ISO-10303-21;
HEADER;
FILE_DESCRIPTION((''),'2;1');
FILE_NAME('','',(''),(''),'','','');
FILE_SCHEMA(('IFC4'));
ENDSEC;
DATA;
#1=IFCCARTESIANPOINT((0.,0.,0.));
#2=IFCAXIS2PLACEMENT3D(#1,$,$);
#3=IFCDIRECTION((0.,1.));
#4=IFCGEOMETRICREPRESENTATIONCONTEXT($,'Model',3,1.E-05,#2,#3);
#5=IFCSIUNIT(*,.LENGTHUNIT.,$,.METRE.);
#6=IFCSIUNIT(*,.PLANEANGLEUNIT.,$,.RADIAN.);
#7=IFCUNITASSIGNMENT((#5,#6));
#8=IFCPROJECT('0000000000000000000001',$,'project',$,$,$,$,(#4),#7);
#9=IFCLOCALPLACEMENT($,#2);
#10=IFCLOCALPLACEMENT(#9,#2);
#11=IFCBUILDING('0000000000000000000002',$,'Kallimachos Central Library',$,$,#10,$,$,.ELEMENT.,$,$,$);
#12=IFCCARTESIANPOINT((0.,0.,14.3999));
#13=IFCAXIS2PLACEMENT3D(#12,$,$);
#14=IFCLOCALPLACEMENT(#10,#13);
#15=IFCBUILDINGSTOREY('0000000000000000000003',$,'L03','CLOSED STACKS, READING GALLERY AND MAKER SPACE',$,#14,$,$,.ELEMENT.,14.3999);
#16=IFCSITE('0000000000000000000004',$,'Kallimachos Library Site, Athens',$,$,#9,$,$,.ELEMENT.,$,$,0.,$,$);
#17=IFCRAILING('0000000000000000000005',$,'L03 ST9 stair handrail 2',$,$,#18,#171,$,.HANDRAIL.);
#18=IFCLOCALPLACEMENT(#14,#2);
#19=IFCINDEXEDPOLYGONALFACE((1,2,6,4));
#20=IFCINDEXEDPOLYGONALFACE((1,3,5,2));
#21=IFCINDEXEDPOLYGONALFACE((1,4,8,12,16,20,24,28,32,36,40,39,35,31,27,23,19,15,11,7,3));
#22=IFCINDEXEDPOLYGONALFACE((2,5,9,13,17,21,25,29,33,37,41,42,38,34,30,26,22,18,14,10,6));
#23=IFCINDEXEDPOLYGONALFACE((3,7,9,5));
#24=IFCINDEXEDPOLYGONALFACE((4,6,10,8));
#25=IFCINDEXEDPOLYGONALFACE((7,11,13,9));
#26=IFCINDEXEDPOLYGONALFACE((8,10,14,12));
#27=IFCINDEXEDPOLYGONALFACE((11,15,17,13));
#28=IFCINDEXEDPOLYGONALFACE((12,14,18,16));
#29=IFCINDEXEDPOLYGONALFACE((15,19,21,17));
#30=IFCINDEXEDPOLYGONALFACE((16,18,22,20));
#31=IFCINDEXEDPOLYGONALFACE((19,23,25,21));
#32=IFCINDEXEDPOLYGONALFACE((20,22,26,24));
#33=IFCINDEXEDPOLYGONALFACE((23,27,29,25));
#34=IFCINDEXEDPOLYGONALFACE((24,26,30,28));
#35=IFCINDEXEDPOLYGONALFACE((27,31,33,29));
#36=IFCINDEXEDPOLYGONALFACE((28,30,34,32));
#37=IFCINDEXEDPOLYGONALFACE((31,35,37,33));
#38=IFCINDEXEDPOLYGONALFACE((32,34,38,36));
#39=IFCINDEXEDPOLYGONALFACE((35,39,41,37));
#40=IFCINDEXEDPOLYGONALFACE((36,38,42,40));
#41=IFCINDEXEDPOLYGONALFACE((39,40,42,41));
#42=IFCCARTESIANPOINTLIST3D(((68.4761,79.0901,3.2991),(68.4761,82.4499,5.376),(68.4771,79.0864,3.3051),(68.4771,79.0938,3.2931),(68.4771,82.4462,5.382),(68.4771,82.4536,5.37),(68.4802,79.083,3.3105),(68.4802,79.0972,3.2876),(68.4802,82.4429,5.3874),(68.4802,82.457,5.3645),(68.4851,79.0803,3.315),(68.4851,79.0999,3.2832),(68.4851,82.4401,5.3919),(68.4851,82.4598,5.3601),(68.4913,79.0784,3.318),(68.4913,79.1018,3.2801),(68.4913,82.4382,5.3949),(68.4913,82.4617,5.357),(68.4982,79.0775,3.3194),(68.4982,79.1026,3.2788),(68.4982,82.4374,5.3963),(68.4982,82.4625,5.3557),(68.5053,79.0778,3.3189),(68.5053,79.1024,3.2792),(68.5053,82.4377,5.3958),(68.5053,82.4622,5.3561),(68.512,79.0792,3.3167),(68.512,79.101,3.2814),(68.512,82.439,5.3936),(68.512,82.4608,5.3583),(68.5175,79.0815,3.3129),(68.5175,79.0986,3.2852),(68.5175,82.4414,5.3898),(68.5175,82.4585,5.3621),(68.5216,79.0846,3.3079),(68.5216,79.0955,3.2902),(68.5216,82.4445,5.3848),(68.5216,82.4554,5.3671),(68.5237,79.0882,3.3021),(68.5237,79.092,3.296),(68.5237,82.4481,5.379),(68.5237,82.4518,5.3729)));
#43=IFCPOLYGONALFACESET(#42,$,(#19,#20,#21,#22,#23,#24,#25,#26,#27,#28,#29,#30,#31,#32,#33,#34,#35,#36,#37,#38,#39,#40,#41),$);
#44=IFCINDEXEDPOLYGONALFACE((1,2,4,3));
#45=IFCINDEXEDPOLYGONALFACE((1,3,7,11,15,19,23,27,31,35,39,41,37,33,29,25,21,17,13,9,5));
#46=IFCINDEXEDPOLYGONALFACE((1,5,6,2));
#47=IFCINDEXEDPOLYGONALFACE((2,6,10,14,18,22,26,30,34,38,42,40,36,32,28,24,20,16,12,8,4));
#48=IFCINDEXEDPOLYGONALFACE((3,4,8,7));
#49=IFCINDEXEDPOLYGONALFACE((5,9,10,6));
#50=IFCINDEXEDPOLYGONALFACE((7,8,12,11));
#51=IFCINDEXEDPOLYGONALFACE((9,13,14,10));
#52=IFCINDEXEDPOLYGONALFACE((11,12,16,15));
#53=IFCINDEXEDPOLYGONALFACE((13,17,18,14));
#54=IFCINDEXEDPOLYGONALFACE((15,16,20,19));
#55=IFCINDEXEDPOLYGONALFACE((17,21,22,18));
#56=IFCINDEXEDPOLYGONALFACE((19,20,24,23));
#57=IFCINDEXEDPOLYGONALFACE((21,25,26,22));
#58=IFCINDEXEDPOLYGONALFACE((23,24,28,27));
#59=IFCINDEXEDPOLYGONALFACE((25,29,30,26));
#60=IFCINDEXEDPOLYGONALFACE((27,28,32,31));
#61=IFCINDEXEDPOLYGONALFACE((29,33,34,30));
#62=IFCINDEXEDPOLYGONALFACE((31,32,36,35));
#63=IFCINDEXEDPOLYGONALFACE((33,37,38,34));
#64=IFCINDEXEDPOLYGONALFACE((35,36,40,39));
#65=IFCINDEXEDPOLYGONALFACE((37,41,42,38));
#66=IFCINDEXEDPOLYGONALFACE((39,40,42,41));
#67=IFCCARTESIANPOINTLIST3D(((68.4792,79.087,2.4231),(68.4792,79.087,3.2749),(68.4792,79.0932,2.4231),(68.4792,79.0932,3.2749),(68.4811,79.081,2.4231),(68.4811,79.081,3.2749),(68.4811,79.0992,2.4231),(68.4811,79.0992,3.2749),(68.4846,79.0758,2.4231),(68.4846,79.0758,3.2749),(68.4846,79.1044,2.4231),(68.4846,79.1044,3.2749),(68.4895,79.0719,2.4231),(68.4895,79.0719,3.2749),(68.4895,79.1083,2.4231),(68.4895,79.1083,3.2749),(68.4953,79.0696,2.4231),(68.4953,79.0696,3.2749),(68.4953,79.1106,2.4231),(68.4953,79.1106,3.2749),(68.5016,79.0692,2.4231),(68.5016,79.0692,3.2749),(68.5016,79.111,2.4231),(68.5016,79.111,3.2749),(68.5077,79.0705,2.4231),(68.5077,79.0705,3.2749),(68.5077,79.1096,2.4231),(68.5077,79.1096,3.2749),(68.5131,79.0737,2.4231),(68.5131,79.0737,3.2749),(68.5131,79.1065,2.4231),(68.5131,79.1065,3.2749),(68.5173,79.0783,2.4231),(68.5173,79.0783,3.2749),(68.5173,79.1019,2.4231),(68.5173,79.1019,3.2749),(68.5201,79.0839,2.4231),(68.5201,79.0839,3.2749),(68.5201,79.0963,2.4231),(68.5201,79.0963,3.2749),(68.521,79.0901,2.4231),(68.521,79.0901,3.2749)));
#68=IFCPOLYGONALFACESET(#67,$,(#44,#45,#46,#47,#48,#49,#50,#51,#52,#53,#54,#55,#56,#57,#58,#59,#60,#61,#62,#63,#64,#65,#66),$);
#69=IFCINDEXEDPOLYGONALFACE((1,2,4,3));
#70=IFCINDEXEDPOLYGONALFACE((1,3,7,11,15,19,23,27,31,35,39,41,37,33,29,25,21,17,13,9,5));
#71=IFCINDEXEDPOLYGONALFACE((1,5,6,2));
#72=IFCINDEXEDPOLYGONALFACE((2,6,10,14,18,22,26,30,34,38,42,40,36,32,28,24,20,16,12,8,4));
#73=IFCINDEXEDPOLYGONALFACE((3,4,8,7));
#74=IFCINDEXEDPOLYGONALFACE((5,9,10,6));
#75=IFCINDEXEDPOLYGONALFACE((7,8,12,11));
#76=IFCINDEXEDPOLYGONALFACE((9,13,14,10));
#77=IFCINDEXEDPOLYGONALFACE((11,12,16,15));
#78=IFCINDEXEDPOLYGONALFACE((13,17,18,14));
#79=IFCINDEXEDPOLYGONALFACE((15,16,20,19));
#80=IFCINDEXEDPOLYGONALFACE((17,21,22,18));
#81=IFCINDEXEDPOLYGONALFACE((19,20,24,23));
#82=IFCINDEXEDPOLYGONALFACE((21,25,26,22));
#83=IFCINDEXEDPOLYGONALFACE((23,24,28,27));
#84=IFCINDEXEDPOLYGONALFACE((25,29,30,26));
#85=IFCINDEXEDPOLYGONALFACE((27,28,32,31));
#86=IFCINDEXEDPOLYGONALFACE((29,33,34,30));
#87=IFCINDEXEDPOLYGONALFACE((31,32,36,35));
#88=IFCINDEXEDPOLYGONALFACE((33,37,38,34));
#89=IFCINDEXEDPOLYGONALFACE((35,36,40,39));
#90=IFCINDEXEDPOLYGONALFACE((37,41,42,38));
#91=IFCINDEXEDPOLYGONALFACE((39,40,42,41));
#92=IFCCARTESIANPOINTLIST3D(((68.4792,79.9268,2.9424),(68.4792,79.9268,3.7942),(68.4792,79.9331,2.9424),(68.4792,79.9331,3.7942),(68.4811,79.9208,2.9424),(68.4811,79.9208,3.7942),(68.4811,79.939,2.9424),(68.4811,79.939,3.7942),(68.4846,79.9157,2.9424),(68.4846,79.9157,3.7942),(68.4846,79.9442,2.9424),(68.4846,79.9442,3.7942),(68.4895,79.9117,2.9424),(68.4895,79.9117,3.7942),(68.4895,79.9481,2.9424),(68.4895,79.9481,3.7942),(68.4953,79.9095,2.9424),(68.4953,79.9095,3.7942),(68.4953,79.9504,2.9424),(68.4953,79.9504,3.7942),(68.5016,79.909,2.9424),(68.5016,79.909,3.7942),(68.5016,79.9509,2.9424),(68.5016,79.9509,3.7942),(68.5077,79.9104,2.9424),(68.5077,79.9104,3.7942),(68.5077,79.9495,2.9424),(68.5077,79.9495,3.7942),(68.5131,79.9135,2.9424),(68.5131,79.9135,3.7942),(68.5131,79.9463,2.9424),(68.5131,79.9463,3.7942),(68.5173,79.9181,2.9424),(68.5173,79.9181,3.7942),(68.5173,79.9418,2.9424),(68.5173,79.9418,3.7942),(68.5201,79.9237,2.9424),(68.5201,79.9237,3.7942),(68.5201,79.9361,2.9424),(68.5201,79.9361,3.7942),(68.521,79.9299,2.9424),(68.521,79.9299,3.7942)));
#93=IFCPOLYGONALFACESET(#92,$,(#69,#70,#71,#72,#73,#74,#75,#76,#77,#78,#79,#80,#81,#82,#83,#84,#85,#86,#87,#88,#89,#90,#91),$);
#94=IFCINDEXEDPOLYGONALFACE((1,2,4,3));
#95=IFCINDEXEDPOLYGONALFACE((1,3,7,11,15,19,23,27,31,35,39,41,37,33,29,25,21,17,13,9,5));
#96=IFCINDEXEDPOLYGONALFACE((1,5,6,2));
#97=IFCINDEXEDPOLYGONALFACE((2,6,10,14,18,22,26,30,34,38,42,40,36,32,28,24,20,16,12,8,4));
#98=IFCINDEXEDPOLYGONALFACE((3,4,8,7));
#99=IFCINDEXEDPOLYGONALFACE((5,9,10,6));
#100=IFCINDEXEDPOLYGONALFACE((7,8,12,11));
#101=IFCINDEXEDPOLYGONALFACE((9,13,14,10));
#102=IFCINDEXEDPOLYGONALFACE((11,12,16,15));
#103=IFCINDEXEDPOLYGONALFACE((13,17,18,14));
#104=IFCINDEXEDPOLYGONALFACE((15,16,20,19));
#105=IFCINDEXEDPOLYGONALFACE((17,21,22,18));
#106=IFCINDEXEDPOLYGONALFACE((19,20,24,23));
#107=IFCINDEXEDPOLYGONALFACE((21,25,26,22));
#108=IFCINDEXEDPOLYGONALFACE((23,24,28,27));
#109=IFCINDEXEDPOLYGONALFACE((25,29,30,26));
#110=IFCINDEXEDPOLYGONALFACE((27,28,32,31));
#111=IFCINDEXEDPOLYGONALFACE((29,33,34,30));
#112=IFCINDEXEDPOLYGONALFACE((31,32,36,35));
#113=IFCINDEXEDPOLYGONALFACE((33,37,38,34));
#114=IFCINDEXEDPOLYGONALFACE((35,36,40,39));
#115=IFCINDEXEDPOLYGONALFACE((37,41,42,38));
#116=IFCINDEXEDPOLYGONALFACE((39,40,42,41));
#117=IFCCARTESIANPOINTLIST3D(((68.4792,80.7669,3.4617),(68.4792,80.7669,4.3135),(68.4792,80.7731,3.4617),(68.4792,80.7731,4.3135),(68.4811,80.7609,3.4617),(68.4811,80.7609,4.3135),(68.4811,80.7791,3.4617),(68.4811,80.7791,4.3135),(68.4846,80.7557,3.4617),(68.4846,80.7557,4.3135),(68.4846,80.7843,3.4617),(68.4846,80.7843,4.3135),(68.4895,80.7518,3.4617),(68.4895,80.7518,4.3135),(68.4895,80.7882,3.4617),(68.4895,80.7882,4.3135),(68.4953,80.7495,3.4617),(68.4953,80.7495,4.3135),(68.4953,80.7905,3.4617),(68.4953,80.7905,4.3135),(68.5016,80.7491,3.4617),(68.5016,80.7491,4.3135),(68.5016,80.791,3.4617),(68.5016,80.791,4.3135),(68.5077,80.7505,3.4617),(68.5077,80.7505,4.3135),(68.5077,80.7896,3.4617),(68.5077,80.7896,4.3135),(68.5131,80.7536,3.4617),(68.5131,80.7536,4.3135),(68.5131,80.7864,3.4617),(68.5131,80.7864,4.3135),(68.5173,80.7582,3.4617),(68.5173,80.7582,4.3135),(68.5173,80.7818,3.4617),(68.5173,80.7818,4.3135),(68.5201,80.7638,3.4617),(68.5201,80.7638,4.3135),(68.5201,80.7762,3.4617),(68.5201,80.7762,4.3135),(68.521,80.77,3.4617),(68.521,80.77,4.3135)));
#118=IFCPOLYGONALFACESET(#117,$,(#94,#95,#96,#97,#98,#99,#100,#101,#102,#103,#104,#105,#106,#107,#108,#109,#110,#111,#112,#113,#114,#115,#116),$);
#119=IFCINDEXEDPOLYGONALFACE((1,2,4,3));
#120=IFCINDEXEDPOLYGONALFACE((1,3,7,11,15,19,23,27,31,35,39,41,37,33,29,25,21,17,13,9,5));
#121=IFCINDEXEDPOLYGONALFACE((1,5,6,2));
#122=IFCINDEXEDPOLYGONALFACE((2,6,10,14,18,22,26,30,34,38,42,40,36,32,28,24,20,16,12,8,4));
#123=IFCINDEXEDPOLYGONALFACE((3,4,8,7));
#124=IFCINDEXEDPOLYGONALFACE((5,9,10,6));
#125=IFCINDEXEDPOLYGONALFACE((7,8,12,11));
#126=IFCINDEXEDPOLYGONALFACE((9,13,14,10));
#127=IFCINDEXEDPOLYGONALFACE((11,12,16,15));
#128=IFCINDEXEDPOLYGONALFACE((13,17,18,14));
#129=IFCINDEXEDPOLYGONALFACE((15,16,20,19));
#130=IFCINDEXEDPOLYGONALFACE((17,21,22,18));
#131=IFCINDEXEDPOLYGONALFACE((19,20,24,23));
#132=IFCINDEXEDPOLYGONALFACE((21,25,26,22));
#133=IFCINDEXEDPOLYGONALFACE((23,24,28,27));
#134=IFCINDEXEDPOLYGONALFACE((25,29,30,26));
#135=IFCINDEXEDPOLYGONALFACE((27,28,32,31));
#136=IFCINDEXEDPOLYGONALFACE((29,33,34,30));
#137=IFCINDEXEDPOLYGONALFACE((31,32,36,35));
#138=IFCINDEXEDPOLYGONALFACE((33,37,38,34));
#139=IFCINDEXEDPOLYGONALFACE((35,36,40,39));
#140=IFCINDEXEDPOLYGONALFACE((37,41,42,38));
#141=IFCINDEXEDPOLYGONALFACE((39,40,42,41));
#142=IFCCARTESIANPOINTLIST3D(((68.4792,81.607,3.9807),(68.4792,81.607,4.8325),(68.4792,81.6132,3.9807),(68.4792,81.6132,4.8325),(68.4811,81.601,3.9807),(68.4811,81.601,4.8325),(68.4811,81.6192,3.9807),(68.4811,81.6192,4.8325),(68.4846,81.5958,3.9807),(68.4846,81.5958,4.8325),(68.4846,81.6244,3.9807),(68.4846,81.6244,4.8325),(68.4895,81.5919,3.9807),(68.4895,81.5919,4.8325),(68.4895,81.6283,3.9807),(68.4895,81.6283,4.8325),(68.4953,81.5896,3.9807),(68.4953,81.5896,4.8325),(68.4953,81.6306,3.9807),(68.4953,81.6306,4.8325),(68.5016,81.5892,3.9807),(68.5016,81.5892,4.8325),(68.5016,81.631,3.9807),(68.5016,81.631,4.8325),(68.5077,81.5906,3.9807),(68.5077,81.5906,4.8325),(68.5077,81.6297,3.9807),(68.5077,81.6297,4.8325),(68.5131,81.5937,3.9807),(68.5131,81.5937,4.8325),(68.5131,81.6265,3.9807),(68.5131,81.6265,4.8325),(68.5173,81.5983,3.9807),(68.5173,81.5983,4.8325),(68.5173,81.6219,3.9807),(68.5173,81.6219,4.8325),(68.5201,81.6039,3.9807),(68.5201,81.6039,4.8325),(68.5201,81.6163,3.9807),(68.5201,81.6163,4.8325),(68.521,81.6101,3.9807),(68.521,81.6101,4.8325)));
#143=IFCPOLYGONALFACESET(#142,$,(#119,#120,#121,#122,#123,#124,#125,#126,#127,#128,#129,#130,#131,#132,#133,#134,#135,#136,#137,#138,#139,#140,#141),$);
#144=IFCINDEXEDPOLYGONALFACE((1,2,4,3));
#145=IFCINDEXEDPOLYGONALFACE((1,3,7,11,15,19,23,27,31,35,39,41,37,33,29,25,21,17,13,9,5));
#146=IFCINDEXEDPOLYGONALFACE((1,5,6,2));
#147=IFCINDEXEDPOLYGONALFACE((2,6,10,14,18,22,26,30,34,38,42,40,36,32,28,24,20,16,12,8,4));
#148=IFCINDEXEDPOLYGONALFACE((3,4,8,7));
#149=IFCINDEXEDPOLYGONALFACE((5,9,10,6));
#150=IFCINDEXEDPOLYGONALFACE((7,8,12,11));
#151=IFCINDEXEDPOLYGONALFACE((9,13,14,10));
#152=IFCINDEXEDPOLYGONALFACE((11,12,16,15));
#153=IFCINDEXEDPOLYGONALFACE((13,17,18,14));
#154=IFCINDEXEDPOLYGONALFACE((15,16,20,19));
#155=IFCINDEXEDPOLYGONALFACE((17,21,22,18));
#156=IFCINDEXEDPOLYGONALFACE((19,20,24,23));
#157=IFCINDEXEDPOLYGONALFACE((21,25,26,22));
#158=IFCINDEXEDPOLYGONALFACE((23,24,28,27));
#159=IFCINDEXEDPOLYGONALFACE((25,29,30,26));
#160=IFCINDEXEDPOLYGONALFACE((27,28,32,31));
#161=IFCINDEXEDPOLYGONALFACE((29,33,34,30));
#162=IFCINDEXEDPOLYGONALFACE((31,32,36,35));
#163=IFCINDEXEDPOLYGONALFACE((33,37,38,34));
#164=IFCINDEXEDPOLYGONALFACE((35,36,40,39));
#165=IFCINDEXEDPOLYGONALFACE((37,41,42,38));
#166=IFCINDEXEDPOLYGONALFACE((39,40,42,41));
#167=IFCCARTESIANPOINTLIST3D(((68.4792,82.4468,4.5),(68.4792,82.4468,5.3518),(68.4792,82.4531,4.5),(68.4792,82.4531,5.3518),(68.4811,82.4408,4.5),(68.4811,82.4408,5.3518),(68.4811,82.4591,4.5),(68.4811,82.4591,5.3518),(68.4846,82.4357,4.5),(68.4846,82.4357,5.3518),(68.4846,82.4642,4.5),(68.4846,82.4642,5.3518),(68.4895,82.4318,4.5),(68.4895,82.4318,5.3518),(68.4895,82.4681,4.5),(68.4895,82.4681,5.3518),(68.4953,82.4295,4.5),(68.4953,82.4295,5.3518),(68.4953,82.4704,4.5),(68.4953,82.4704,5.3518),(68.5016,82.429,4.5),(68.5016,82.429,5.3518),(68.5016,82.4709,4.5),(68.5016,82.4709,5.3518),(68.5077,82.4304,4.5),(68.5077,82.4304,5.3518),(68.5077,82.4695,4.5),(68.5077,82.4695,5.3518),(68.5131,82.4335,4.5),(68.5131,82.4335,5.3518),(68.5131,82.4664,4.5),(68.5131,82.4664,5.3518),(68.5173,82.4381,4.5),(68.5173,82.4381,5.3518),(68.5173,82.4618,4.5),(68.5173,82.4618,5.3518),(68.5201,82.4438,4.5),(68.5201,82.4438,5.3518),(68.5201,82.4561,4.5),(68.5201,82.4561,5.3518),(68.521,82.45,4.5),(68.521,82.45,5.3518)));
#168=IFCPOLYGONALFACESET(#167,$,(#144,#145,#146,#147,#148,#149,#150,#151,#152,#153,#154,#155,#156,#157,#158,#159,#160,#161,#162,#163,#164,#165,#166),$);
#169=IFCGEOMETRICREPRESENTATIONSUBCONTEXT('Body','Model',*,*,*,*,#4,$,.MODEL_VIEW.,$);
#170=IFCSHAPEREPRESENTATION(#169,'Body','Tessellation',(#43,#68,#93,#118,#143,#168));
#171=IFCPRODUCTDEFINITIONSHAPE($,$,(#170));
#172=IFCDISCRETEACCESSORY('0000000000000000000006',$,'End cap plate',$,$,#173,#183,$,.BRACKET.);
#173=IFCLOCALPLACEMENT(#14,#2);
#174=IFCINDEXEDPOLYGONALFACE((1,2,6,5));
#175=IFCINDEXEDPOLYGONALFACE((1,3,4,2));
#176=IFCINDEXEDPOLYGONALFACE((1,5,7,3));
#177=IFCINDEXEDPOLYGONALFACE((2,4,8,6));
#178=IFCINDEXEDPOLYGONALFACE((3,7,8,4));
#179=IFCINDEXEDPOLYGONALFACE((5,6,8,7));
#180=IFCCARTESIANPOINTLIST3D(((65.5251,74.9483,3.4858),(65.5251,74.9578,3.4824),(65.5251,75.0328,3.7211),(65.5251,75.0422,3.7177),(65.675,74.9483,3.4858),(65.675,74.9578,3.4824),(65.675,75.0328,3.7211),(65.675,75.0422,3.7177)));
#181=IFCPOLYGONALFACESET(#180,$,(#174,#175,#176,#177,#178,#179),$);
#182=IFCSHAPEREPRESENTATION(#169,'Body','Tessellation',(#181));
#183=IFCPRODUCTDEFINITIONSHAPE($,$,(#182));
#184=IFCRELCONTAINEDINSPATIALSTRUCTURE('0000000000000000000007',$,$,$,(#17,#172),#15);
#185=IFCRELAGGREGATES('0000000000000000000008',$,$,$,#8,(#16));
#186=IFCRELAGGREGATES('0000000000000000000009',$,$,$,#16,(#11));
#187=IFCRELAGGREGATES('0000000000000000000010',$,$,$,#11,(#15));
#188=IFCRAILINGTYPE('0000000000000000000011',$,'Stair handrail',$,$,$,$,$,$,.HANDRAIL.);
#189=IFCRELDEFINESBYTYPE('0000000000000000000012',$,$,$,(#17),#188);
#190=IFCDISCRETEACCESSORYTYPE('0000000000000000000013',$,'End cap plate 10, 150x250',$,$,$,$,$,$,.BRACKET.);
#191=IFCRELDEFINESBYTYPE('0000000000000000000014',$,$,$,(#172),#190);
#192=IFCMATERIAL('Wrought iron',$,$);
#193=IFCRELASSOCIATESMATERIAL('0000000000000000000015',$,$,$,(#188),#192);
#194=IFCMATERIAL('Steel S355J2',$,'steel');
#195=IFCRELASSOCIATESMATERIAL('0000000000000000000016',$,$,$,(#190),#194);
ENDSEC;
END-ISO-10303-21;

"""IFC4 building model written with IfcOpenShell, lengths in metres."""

from ifc_helpers import new_model, si_unit, direction, frame, origin, origin_2d, place, context, subcontext, project, spatial, rectangle, circle, extrude, material, material_profile, profile_set, type_object, element, save


model = new_model("IFC4")

# Units and contexts
model_context = context("Model", 3, precision=1e-05, world=origin(), true_north=direction((0.0, 1.0)))
body_context = subcontext(model_context, "Body", "Model", "MODEL_VIEW")
ifc_project = project(units=[si_unit("LENGTHUNIT", "METRE"), si_unit("PLANEANGLEUNIT", "RADIAN")], contexts=[model_context])

# Site, building, storey
site_placement = place(None, origin())
site = spatial("IfcSite", under=ifc_project, at=site_placement, Name="Kallimachos Library Site, Athens", CompositionType="ELEMENT", RefElevation=0.0)
building_placement = place(site_placement, origin())
building = spatial("IfcBuilding", under=site, at=building_placement, Name="Kallimachos Central Library", CompositionType="ELEMENT")
storey_placement = place(building_placement, frame((0.0, 0.0, 14.3999)))
storey = spatial("IfcBuildingStorey", under=building, at=storey_placement, Name="L03", Description="CLOSED STACKS, READING GALLERY AND MAKER SPACE", CompositionType="ELEMENT", Elevation=14.3999)

# Railing
ifc_material_1 = material(Name="Wrought iron")
railing_type_1 = type_object("IfcRailingType", Name="Stair handrail", PredefinedType="HANDRAIL", material=ifc_material_1)
railing_1_placement = place(storey_placement, frame((68.5, 79.0901, 2.4231)))
element("IfcRailing", 1, at=railing_1_placement, inside=storey, type_object=railing_type_1, Name="L03 ST9 stair handrail 2", PredefinedType="HANDRAIL", context=body_context, shape_type="SweptSolid", body=[
    extrude(circle(Radius=0.0239, at=origin_2d()), frame((0.0, 0.0, 0.876), z_axis=(0.0, 0.850606, 0.525803), x_axis=(-1.0, 0.0, 0.0)), (0.0, 0.0, 1.0), 3.95),
    extrude(circle(Radius=0.021, at=origin_2d()), origin(), (0.0, 0.0, 1.0), 0.8518),
    extrude(circle(Radius=0.021, at=origin_2d()), frame((0.0, 0.8398, 0.5193)), (0.0, 0.0, 1.0), 0.8518),
    extrude(circle(Radius=0.021, at=origin_2d()), frame((0.0, 1.6799, 1.0386)), (0.0, 0.0, 1.0), 0.8518),
    extrude(circle(Radius=0.021, at=origin_2d()), frame((0.0, 2.52, 1.5576)), (0.0, 0.0, 1.0), 0.8518),
    extrude(circle(Radius=0.021, at=origin_2d()), frame((0.0, 3.3599, 2.0769)), (0.0, 0.0, 1.0), 0.8518),
])

# Discrete accessory
ifc_material_2 = material(Name="Steel S355J2", Category="steel")
ifc_material_profile_1 = material_profile(ifc_material_2, rectangle(XDim=0.1499, YDim=0.25, at=origin_2d()), Name="End cap plate 10, 150x250")
ifc_profile_set_1 = profile_set([ifc_material_profile_1], Name="Steel S355J2")
discrete_accessory_type = type_object("IfcDiscreteAccessoryType", Name="End cap plate 10, 150x250", PredefinedType="BRACKET", material=ifc_profile_set_1)
discrete_accessory_placement = place(storey_placement, frame((65.6001, 75.0, 3.6001), z_axis=(0.0, -0.941195, 0.337865), x_axis=(1.0, 0.0, 0.0)))
element("IfcDiscreteAccessory", 2, at=discrete_accessory_placement, inside=storey, type_object=discrete_accessory_type, Name="End cap plate", PredefinedType="BRACKET", context=body_context, shape_type="SweptSolid", body=[
    extrude(rectangle(XDim=0.1499, YDim=0.25, at=origin_2d()), origin(), (0.0, 0.0, 1.0), 0.01),
])

save(model, "model.ifc")
